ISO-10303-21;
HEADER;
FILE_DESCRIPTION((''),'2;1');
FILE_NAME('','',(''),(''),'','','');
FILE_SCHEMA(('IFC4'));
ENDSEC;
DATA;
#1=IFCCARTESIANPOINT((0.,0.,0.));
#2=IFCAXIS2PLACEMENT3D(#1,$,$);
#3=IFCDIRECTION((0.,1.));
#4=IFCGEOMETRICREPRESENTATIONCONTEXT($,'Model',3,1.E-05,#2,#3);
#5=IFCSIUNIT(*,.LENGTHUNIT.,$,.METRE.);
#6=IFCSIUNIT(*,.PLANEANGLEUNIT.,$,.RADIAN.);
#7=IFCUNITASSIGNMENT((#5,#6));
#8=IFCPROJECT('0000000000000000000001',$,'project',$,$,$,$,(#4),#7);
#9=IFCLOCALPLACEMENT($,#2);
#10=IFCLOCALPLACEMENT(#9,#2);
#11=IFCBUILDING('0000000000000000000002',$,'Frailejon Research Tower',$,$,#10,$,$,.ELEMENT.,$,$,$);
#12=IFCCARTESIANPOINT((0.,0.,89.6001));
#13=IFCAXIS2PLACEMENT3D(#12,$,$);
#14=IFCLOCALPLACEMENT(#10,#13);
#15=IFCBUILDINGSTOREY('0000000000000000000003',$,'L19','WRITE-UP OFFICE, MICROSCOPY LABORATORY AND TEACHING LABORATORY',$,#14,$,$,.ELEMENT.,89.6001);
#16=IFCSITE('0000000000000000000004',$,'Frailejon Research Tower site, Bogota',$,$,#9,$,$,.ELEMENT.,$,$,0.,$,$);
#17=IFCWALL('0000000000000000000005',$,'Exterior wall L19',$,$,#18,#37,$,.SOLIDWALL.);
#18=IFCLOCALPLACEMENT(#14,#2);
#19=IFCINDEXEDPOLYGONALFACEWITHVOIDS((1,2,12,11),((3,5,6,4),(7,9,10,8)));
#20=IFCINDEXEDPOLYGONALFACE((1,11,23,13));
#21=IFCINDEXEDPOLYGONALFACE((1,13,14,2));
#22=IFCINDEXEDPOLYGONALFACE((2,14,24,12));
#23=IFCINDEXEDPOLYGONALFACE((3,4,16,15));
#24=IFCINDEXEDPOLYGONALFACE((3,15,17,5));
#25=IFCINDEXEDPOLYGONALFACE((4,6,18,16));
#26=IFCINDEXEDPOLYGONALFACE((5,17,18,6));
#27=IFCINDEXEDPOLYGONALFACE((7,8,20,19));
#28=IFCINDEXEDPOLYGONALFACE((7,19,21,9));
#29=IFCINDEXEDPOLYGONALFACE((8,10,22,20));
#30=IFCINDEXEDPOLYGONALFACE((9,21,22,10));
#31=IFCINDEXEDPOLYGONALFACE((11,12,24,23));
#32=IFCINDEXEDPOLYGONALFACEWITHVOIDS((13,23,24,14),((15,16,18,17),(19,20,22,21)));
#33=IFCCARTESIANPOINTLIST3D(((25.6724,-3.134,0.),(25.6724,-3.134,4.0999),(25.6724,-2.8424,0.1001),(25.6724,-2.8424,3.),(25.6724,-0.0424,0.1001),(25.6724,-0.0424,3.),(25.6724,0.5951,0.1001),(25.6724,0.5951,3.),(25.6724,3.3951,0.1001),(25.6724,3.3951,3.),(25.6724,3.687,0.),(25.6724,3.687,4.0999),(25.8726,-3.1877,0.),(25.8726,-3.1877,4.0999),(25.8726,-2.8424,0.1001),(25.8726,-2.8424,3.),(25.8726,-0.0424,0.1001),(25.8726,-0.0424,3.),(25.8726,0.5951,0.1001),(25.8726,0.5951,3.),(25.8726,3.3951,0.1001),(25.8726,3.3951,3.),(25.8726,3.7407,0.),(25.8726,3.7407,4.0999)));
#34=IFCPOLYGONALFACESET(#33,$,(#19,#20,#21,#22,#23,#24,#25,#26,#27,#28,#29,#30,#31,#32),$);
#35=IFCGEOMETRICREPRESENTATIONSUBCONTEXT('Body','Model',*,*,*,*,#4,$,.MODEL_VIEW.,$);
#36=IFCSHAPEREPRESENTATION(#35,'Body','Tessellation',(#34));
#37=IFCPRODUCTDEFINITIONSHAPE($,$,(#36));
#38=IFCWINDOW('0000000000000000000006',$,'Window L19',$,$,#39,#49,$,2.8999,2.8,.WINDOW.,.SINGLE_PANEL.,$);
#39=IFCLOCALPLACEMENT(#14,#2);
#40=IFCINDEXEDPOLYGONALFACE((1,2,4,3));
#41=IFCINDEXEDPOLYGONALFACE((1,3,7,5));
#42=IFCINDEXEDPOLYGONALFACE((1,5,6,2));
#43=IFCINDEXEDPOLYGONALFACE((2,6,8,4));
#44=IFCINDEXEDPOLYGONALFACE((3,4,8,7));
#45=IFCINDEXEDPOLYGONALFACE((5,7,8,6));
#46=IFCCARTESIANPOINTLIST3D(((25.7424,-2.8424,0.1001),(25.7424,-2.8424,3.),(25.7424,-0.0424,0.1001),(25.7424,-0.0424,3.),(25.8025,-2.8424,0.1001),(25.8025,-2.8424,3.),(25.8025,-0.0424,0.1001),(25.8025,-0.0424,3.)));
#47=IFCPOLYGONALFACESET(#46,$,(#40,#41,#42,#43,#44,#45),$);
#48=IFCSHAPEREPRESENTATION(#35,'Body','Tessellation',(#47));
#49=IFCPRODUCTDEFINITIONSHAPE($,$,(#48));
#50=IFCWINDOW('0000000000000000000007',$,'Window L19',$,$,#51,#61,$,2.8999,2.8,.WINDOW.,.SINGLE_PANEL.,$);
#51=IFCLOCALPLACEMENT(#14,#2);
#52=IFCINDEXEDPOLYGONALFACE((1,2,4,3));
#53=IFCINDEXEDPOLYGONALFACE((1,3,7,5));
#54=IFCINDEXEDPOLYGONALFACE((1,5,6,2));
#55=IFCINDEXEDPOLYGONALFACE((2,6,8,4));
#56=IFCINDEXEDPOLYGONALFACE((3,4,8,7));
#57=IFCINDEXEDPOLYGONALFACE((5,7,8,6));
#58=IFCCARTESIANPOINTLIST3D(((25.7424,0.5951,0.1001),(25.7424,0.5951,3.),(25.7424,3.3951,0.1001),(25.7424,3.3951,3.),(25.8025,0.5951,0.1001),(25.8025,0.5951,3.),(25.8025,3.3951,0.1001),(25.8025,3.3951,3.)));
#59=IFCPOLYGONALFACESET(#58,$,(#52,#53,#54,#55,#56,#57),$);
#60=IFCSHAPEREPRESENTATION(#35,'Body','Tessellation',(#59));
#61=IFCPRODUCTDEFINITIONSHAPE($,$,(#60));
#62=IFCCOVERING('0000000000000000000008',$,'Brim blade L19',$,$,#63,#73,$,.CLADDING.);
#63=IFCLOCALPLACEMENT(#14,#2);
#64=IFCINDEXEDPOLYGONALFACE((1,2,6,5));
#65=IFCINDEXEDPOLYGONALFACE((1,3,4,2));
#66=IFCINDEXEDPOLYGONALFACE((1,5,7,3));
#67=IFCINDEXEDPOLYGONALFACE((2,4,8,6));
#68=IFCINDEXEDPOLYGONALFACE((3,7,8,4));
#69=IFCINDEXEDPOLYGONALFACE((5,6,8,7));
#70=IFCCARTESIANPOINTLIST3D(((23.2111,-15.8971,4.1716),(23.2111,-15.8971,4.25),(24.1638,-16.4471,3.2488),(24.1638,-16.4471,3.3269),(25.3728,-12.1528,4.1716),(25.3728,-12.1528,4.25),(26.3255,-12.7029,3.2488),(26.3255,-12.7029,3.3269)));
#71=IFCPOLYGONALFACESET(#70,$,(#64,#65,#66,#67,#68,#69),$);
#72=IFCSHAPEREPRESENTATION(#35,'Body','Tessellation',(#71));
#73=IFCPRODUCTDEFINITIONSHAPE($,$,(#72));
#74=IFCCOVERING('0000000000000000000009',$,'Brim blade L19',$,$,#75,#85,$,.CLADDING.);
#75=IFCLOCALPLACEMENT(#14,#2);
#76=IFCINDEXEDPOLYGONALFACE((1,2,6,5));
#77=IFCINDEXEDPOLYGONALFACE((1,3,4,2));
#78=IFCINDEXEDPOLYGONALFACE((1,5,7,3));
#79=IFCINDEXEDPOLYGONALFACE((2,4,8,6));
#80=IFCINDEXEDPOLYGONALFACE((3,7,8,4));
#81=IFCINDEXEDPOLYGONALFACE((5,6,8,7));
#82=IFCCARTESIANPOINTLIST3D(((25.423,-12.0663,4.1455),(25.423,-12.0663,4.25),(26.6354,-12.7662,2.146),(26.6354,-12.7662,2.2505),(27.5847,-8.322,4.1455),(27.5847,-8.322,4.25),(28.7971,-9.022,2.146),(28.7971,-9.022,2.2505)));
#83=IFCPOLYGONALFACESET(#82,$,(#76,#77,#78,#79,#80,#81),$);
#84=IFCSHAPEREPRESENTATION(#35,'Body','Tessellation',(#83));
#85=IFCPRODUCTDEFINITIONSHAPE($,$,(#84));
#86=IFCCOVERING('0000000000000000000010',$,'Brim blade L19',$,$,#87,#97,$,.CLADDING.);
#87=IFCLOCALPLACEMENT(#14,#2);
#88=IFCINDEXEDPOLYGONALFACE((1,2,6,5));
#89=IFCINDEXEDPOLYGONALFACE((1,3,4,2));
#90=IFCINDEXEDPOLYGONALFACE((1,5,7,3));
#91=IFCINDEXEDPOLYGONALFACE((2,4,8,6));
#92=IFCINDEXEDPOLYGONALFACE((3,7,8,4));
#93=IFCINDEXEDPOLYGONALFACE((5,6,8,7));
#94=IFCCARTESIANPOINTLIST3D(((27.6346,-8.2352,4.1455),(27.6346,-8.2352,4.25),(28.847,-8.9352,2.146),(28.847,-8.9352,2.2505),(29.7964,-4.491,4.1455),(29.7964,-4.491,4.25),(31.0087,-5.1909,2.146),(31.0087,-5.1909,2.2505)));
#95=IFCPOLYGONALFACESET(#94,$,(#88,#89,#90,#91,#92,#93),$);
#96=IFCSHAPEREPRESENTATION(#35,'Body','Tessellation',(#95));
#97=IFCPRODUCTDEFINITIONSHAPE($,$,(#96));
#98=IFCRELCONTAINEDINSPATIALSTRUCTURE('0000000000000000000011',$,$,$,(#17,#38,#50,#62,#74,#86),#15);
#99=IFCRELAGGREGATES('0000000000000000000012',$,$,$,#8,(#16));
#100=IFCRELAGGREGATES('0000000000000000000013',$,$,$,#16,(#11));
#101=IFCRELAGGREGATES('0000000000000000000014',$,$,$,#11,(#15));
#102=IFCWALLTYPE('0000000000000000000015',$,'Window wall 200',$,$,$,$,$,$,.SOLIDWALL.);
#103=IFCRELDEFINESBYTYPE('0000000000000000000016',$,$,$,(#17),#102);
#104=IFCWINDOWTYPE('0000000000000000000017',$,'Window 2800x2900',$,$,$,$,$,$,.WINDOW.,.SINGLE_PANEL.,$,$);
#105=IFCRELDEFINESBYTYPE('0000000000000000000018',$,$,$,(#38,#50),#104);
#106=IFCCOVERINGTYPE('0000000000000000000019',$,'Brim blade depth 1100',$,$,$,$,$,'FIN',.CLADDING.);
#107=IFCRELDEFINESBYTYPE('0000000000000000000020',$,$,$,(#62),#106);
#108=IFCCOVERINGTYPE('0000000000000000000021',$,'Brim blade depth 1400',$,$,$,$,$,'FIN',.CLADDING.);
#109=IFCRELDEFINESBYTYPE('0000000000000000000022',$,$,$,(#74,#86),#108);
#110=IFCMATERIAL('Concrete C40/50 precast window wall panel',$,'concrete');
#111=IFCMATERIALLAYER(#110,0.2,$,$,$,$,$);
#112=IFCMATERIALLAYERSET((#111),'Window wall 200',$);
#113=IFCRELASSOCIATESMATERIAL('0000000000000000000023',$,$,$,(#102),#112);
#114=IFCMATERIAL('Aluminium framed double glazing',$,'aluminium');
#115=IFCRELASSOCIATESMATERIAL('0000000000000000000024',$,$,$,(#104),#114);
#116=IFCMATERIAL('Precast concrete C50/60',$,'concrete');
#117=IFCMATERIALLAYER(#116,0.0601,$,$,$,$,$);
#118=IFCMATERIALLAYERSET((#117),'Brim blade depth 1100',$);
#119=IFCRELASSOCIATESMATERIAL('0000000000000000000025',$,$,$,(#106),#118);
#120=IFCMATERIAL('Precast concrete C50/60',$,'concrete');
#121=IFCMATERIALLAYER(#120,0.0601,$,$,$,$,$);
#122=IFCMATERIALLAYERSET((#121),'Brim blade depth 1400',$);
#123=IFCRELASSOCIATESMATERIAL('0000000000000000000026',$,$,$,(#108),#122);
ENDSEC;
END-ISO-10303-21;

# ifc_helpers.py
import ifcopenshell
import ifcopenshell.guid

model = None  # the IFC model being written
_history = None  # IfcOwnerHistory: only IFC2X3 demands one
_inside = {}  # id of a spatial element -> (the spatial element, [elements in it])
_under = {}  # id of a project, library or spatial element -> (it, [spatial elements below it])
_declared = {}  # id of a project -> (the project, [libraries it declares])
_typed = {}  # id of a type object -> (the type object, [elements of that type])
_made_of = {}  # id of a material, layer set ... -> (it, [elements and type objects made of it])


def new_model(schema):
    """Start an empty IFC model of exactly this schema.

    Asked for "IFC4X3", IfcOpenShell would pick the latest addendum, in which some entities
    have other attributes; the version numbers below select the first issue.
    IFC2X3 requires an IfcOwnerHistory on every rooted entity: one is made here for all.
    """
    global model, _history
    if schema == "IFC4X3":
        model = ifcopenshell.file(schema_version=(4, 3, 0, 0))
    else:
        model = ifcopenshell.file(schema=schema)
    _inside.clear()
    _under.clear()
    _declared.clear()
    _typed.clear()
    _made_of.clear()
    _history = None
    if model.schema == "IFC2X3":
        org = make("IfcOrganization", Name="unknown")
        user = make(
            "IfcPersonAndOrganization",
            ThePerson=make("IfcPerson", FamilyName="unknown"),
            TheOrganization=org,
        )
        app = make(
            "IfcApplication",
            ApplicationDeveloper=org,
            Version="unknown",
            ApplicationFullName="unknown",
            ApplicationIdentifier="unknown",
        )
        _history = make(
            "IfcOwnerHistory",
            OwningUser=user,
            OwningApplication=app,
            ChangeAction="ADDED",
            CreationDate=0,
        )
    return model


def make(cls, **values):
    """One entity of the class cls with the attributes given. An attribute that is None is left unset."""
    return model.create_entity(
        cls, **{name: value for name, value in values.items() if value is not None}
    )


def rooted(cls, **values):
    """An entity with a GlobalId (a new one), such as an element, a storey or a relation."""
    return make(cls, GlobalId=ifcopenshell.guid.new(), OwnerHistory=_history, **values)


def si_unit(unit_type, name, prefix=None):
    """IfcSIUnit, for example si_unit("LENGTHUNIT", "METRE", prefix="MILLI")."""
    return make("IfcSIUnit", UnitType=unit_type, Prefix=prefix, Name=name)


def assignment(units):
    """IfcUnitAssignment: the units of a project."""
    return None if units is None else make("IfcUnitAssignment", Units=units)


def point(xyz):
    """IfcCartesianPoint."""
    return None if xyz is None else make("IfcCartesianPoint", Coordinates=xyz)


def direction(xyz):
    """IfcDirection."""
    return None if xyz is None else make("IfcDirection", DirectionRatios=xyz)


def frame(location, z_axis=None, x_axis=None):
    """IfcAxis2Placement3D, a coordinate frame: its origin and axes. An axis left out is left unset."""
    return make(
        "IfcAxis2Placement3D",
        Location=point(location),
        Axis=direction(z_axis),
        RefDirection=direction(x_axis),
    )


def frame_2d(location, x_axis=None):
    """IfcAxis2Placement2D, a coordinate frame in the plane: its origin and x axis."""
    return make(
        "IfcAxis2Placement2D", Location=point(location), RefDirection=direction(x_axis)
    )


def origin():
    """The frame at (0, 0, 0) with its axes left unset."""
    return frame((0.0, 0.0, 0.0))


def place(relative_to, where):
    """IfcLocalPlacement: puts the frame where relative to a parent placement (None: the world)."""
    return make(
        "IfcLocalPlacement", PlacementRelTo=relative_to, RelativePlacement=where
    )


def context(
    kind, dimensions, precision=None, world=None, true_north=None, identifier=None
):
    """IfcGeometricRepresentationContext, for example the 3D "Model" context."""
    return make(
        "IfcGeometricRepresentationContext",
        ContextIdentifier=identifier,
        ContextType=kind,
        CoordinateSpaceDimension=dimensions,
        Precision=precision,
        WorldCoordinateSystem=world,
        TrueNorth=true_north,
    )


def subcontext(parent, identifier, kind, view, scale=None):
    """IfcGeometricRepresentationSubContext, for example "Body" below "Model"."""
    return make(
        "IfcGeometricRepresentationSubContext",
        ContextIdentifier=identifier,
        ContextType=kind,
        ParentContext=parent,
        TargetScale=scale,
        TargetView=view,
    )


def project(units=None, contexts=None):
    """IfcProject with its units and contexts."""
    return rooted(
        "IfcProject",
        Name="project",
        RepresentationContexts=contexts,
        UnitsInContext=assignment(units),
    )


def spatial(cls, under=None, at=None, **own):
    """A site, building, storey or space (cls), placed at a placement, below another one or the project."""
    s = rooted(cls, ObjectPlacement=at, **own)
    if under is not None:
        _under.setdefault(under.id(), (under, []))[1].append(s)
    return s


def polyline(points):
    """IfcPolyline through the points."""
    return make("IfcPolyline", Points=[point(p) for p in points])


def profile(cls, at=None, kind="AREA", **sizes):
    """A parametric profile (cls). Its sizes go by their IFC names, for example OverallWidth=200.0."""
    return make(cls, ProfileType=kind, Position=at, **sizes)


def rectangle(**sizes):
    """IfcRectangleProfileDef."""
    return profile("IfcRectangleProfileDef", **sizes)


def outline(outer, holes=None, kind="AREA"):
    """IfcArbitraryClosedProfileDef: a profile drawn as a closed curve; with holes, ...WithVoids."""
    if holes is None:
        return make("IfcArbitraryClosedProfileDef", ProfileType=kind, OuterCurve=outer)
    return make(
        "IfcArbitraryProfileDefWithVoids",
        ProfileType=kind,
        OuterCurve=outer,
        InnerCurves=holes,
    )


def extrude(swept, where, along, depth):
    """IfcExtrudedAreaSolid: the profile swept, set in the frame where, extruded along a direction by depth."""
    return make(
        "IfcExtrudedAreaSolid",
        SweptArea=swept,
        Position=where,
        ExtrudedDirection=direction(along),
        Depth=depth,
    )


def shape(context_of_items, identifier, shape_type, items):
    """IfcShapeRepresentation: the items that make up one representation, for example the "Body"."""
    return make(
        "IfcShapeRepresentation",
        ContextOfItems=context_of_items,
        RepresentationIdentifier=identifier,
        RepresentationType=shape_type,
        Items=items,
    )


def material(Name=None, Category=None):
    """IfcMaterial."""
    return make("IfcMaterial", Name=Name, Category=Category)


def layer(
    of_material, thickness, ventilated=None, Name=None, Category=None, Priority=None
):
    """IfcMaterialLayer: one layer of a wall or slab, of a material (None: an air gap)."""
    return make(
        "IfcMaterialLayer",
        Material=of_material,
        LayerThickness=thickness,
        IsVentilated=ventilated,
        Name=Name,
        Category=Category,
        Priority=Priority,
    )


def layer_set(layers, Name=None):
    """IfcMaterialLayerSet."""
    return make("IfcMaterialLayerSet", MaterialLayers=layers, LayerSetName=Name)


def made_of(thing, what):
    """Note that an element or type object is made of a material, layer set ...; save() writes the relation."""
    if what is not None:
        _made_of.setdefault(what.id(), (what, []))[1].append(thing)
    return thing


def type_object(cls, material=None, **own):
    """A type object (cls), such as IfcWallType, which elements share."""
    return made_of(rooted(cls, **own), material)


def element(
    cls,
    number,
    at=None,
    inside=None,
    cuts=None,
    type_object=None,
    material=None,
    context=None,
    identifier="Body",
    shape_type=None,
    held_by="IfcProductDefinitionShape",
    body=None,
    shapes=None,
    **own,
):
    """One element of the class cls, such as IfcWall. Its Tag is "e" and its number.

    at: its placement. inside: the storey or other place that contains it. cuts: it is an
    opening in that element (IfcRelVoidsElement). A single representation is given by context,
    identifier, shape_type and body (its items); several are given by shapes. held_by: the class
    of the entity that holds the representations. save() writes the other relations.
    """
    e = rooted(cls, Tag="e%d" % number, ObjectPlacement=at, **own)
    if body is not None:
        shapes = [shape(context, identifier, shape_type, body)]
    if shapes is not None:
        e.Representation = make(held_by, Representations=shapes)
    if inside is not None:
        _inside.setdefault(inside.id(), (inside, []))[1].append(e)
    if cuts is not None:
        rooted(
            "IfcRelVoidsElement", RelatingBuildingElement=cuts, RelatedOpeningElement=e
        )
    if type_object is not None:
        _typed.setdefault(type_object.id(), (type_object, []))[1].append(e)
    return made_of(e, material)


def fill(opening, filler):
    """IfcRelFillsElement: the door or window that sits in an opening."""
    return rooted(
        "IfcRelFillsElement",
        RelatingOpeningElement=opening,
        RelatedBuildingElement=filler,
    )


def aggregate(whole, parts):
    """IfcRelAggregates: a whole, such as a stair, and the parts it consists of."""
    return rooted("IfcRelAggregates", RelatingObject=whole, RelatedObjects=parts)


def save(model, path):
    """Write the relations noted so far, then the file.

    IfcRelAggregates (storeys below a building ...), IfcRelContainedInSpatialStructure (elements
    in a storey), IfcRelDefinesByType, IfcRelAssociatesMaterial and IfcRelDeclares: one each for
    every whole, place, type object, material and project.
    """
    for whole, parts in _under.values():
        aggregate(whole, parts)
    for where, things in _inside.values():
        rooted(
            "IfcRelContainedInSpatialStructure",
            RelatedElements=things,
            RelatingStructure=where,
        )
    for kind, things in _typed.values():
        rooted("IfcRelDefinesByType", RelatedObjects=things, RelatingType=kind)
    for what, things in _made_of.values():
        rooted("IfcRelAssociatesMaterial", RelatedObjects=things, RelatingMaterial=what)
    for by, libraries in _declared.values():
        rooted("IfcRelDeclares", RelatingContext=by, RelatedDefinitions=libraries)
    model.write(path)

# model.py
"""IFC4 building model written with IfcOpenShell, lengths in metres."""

from ifc_helpers import new_model, si_unit, direction, frame, frame_2d, origin, place, context, subcontext, project, spatial, polyline, rectangle, outline, extrude, material, layer, layer_set, type_object, element, fill, save


model = new_model("IFC4")

# Units and contexts
model_context = context("Model", 3, precision=1e-05, world=origin(), true_north=direction((0.0, 1.0)))
body_context = subcontext(model_context, "Body", "Model", "MODEL_VIEW")
ifc_project = project(units=[si_unit("LENGTHUNIT", "METRE"), si_unit("PLANEANGLEUNIT", "RADIAN")], contexts=[model_context])

# Site, building, storey
site_placement = place(None, origin())
site = spatial("IfcSite", under=ifc_project, at=site_placement, Name="Frailejon Research Tower site, Bogota", CompositionType="ELEMENT", RefElevation=0.0)
building_placement = place(site_placement, origin())
building = spatial("IfcBuilding", under=site, at=building_placement, Name="Frailejon Research Tower", CompositionType="ELEMENT")
storey_placement = place(building_placement, frame((0.0, 0.0, 89.6001)))
storey = spatial("IfcBuildingStorey", under=building, at=storey_placement, Name="L19", Description="WRITE-UP OFFICE, MICROSCOPY LABORATORY AND TEACHING LABORATORY", CompositionType="ELEMENT", Elevation=89.6001)

# Wall, openings, windows
ifc_material_1 = material(Name="Concrete C40/50 precast window wall panel", Category="concrete")
ifc_layer_1 = layer(ifc_material_1, 0.2)
ifc_layer_set_1 = layer_set([ifc_layer_1], Name="Window wall 200")
wall_type_1 = type_object("IfcWallType", Name="Window wall 200", PredefinedType="SOLIDWALL", material=ifc_layer_set_1)
wall_1_placement = place(storey_placement, frame((25.7725, -3.1609, 0.0), z_axis=(0.0, 0.0, 1.0), x_axis=(0.0, 1.0, 0.0)))
wall_1 = element("IfcWall", 1, at=wall_1_placement, inside=storey, type_object=wall_type_1, Name="Exterior wall L19", PredefinedType="SOLIDWALL", context=body_context, shape_type="SweptSolid", body=[
    extrude(outline(polyline([(-0.0269, -0.1001), (1.1279, -0.1001), (2.2827, -0.1001), (3.4375, -0.1001), (4.592, -0.1001), (5.7468, -0.1001), (6.9016, -0.1001), (6.8479, 0.1001), (5.7109, 0.1001), (4.5742, 0.1001), (3.4375, 0.1001), (2.3005, 0.1001), (1.1636, 0.1001), (0.0269, 0.1001), (-0.0269, -0.1001)])), origin(), (0.0, 0.0, 1.0), 4.0999),
])
opening_1_placement = place(wall_1_placement, frame((0.3186, 0.0, 0.1001)))
opening_1 = element("IfcOpeningElement", 2, at=opening_1_placement, cuts=wall_1, PredefinedType="OPENING", context=body_context, shape_type="SweptSolid", body=[
    extrude(rectangle(XDim=2.8, YDim=2.8999, at=frame_2d((1.3999, 1.45))), frame((0.0, 0.1099, 0.0), z_axis=(0.0, -1.0, 0.0), x_axis=(1.0, 0.0, 0.0)), (0.0, 0.0, 1.0), 0.22),
])
opening_2_placement = place(wall_1_placement, frame((3.7561, 0.0, 0.1001)))
opening_2 = element("IfcOpeningElement", 3, at=opening_2_placement, cuts=wall_1, PredefinedType="OPENING", context=body_context, shape_type="SweptSolid", body=[
    extrude(rectangle(XDim=2.8, YDim=2.8999, at=frame_2d((1.3999, 1.45))), frame((0.0, 0.1099, 0.0), z_axis=(0.0, -1.0, 0.0), x_axis=(1.0, 0.0, 0.0)), (0.0, 0.0, 1.0), 0.22),
])
ifc_material_2 = material(Name="Aluminium framed double glazing", Category="aluminium")
window_type = type_object("IfcWindowType", Name="Window 2800x2900", PartitioningType="SINGLE_PANEL", PredefinedType="WINDOW", material=ifc_material_2)
window_1_placement = place(opening_1_placement, origin())
window_1 = element("IfcWindow", 4, at=window_1_placement, inside=storey, type_object=window_type, Name="Window L19", OverallHeight=2.8999, OverallWidth=2.8, PartitioningType="SINGLE_PANEL", PredefinedType="WINDOW", context=body_context, shape_type="SweptSolid", body=[
    extrude(rectangle(XDim=2.8, YDim=2.8999, at=frame_2d((1.3999, 1.45))), frame((0.0, 0.03, 0.0), z_axis=(0.0, -1.0, 0.0), x_axis=(1.0, 0.0, 0.0)), (0.0, 0.0, 1.0), 0.0601),
])
fill(opening_1, window_1)
window_2_placement = place(opening_2_placement, origin())
window_2 = element("IfcWindow", 5, at=window_2_placement, inside=storey, type_object=window_type, Name="Window L19", OverallHeight=2.8999, OverallWidth=2.8, PartitioningType="SINGLE_PANEL", PredefinedType="WINDOW", context=body_context, shape_type="SweptSolid", body=[
    extrude(rectangle(XDim=2.8, YDim=2.8999, at=frame_2d((1.3999, 1.45))), frame((0.0, 0.03, 0.0), z_axis=(0.0, -1.0, 0.0), x_axis=(1.0, 0.0, 0.0)), (0.0, 0.0, 1.0), 0.0601),
])
fill(opening_2, window_2)

# Coverings
ifc_material_3 = material(Name="Precast concrete C50/60", Category="concrete")
ifc_layer_2 = layer(ifc_material_3, 0.0601)
ifc_layer_set_2 = layer_set([ifc_layer_2], Name="Brim blade depth 1100")
covering_type_1 = type_object("IfcCoveringType", Name="Brim blade depth 1100", ElementType="FIN", PredefinedType="CLADDING", material=ifc_layer_set_2)
covering_placement = place(storey_placement, frame((25.3728, -12.1528, 4.25), z_axis=(-0.499995, -0.866028, 0.0), x_axis=(0.866028, -0.499995, 0.0)))
element("IfcCovering", 6, at=covering_placement, inside=storey, type_object=covering_type_1, Name="Brim blade L19", PredefinedType="CLADDING", context=body_context, shape_type="SweptSolid", body=[
    extrude(outline(polyline([(0.0, -0.0784), (1.1001, -1.0012), (1.1001, -0.9231), (0.0, 0.0), (0.0, -0.0784)])), origin(), (0.0, 0.0, 1.0), 4.3235),
])
ifc_material_4 = material(Name="Precast concrete C50/60", Category="concrete")
ifc_layer_3 = layer(ifc_material_4, 0.0601)
ifc_layer_set_3 = layer_set([ifc_layer_3], Name="Brim blade depth 1400")
covering_type_2 = type_object("IfcCoveringType", Name="Brim blade depth 1400", ElementType="FIN", PredefinedType="CLADDING", material=ifc_layer_set_3)
for number, where, z_axis, x_axis, name in (
    (7, (27.5847, -8.322, 4.25), (-0.499988, -0.866032, 0.0), (0.866032, -0.499988, 0.0), "Brim blade L19"),
    (8, (29.7964, -4.491, 4.25), (-0.500005, -0.866023, 0.0), (0.866023, -0.500005, 0.0), "Brim blade L19"),
):
    element("IfcCovering", number, at=place(storey_placement, frame(where, z_axis=z_axis, x_axis=x_axis)), inside=storey, type_object=covering_type_2, Name=name, PredefinedType="CLADDING", context=body_context, shape_type="SweptSolid", body=[
        extrude(outline(polyline([(0.0, -0.1045), (1.3999, -2.104), (1.3999, -1.9995), (0.0, 0.0), (0.0, -0.1045)])), origin(), (0.0, 0.0, 1.0), 4.3235),
    ])

save(model, "model.ifc")
